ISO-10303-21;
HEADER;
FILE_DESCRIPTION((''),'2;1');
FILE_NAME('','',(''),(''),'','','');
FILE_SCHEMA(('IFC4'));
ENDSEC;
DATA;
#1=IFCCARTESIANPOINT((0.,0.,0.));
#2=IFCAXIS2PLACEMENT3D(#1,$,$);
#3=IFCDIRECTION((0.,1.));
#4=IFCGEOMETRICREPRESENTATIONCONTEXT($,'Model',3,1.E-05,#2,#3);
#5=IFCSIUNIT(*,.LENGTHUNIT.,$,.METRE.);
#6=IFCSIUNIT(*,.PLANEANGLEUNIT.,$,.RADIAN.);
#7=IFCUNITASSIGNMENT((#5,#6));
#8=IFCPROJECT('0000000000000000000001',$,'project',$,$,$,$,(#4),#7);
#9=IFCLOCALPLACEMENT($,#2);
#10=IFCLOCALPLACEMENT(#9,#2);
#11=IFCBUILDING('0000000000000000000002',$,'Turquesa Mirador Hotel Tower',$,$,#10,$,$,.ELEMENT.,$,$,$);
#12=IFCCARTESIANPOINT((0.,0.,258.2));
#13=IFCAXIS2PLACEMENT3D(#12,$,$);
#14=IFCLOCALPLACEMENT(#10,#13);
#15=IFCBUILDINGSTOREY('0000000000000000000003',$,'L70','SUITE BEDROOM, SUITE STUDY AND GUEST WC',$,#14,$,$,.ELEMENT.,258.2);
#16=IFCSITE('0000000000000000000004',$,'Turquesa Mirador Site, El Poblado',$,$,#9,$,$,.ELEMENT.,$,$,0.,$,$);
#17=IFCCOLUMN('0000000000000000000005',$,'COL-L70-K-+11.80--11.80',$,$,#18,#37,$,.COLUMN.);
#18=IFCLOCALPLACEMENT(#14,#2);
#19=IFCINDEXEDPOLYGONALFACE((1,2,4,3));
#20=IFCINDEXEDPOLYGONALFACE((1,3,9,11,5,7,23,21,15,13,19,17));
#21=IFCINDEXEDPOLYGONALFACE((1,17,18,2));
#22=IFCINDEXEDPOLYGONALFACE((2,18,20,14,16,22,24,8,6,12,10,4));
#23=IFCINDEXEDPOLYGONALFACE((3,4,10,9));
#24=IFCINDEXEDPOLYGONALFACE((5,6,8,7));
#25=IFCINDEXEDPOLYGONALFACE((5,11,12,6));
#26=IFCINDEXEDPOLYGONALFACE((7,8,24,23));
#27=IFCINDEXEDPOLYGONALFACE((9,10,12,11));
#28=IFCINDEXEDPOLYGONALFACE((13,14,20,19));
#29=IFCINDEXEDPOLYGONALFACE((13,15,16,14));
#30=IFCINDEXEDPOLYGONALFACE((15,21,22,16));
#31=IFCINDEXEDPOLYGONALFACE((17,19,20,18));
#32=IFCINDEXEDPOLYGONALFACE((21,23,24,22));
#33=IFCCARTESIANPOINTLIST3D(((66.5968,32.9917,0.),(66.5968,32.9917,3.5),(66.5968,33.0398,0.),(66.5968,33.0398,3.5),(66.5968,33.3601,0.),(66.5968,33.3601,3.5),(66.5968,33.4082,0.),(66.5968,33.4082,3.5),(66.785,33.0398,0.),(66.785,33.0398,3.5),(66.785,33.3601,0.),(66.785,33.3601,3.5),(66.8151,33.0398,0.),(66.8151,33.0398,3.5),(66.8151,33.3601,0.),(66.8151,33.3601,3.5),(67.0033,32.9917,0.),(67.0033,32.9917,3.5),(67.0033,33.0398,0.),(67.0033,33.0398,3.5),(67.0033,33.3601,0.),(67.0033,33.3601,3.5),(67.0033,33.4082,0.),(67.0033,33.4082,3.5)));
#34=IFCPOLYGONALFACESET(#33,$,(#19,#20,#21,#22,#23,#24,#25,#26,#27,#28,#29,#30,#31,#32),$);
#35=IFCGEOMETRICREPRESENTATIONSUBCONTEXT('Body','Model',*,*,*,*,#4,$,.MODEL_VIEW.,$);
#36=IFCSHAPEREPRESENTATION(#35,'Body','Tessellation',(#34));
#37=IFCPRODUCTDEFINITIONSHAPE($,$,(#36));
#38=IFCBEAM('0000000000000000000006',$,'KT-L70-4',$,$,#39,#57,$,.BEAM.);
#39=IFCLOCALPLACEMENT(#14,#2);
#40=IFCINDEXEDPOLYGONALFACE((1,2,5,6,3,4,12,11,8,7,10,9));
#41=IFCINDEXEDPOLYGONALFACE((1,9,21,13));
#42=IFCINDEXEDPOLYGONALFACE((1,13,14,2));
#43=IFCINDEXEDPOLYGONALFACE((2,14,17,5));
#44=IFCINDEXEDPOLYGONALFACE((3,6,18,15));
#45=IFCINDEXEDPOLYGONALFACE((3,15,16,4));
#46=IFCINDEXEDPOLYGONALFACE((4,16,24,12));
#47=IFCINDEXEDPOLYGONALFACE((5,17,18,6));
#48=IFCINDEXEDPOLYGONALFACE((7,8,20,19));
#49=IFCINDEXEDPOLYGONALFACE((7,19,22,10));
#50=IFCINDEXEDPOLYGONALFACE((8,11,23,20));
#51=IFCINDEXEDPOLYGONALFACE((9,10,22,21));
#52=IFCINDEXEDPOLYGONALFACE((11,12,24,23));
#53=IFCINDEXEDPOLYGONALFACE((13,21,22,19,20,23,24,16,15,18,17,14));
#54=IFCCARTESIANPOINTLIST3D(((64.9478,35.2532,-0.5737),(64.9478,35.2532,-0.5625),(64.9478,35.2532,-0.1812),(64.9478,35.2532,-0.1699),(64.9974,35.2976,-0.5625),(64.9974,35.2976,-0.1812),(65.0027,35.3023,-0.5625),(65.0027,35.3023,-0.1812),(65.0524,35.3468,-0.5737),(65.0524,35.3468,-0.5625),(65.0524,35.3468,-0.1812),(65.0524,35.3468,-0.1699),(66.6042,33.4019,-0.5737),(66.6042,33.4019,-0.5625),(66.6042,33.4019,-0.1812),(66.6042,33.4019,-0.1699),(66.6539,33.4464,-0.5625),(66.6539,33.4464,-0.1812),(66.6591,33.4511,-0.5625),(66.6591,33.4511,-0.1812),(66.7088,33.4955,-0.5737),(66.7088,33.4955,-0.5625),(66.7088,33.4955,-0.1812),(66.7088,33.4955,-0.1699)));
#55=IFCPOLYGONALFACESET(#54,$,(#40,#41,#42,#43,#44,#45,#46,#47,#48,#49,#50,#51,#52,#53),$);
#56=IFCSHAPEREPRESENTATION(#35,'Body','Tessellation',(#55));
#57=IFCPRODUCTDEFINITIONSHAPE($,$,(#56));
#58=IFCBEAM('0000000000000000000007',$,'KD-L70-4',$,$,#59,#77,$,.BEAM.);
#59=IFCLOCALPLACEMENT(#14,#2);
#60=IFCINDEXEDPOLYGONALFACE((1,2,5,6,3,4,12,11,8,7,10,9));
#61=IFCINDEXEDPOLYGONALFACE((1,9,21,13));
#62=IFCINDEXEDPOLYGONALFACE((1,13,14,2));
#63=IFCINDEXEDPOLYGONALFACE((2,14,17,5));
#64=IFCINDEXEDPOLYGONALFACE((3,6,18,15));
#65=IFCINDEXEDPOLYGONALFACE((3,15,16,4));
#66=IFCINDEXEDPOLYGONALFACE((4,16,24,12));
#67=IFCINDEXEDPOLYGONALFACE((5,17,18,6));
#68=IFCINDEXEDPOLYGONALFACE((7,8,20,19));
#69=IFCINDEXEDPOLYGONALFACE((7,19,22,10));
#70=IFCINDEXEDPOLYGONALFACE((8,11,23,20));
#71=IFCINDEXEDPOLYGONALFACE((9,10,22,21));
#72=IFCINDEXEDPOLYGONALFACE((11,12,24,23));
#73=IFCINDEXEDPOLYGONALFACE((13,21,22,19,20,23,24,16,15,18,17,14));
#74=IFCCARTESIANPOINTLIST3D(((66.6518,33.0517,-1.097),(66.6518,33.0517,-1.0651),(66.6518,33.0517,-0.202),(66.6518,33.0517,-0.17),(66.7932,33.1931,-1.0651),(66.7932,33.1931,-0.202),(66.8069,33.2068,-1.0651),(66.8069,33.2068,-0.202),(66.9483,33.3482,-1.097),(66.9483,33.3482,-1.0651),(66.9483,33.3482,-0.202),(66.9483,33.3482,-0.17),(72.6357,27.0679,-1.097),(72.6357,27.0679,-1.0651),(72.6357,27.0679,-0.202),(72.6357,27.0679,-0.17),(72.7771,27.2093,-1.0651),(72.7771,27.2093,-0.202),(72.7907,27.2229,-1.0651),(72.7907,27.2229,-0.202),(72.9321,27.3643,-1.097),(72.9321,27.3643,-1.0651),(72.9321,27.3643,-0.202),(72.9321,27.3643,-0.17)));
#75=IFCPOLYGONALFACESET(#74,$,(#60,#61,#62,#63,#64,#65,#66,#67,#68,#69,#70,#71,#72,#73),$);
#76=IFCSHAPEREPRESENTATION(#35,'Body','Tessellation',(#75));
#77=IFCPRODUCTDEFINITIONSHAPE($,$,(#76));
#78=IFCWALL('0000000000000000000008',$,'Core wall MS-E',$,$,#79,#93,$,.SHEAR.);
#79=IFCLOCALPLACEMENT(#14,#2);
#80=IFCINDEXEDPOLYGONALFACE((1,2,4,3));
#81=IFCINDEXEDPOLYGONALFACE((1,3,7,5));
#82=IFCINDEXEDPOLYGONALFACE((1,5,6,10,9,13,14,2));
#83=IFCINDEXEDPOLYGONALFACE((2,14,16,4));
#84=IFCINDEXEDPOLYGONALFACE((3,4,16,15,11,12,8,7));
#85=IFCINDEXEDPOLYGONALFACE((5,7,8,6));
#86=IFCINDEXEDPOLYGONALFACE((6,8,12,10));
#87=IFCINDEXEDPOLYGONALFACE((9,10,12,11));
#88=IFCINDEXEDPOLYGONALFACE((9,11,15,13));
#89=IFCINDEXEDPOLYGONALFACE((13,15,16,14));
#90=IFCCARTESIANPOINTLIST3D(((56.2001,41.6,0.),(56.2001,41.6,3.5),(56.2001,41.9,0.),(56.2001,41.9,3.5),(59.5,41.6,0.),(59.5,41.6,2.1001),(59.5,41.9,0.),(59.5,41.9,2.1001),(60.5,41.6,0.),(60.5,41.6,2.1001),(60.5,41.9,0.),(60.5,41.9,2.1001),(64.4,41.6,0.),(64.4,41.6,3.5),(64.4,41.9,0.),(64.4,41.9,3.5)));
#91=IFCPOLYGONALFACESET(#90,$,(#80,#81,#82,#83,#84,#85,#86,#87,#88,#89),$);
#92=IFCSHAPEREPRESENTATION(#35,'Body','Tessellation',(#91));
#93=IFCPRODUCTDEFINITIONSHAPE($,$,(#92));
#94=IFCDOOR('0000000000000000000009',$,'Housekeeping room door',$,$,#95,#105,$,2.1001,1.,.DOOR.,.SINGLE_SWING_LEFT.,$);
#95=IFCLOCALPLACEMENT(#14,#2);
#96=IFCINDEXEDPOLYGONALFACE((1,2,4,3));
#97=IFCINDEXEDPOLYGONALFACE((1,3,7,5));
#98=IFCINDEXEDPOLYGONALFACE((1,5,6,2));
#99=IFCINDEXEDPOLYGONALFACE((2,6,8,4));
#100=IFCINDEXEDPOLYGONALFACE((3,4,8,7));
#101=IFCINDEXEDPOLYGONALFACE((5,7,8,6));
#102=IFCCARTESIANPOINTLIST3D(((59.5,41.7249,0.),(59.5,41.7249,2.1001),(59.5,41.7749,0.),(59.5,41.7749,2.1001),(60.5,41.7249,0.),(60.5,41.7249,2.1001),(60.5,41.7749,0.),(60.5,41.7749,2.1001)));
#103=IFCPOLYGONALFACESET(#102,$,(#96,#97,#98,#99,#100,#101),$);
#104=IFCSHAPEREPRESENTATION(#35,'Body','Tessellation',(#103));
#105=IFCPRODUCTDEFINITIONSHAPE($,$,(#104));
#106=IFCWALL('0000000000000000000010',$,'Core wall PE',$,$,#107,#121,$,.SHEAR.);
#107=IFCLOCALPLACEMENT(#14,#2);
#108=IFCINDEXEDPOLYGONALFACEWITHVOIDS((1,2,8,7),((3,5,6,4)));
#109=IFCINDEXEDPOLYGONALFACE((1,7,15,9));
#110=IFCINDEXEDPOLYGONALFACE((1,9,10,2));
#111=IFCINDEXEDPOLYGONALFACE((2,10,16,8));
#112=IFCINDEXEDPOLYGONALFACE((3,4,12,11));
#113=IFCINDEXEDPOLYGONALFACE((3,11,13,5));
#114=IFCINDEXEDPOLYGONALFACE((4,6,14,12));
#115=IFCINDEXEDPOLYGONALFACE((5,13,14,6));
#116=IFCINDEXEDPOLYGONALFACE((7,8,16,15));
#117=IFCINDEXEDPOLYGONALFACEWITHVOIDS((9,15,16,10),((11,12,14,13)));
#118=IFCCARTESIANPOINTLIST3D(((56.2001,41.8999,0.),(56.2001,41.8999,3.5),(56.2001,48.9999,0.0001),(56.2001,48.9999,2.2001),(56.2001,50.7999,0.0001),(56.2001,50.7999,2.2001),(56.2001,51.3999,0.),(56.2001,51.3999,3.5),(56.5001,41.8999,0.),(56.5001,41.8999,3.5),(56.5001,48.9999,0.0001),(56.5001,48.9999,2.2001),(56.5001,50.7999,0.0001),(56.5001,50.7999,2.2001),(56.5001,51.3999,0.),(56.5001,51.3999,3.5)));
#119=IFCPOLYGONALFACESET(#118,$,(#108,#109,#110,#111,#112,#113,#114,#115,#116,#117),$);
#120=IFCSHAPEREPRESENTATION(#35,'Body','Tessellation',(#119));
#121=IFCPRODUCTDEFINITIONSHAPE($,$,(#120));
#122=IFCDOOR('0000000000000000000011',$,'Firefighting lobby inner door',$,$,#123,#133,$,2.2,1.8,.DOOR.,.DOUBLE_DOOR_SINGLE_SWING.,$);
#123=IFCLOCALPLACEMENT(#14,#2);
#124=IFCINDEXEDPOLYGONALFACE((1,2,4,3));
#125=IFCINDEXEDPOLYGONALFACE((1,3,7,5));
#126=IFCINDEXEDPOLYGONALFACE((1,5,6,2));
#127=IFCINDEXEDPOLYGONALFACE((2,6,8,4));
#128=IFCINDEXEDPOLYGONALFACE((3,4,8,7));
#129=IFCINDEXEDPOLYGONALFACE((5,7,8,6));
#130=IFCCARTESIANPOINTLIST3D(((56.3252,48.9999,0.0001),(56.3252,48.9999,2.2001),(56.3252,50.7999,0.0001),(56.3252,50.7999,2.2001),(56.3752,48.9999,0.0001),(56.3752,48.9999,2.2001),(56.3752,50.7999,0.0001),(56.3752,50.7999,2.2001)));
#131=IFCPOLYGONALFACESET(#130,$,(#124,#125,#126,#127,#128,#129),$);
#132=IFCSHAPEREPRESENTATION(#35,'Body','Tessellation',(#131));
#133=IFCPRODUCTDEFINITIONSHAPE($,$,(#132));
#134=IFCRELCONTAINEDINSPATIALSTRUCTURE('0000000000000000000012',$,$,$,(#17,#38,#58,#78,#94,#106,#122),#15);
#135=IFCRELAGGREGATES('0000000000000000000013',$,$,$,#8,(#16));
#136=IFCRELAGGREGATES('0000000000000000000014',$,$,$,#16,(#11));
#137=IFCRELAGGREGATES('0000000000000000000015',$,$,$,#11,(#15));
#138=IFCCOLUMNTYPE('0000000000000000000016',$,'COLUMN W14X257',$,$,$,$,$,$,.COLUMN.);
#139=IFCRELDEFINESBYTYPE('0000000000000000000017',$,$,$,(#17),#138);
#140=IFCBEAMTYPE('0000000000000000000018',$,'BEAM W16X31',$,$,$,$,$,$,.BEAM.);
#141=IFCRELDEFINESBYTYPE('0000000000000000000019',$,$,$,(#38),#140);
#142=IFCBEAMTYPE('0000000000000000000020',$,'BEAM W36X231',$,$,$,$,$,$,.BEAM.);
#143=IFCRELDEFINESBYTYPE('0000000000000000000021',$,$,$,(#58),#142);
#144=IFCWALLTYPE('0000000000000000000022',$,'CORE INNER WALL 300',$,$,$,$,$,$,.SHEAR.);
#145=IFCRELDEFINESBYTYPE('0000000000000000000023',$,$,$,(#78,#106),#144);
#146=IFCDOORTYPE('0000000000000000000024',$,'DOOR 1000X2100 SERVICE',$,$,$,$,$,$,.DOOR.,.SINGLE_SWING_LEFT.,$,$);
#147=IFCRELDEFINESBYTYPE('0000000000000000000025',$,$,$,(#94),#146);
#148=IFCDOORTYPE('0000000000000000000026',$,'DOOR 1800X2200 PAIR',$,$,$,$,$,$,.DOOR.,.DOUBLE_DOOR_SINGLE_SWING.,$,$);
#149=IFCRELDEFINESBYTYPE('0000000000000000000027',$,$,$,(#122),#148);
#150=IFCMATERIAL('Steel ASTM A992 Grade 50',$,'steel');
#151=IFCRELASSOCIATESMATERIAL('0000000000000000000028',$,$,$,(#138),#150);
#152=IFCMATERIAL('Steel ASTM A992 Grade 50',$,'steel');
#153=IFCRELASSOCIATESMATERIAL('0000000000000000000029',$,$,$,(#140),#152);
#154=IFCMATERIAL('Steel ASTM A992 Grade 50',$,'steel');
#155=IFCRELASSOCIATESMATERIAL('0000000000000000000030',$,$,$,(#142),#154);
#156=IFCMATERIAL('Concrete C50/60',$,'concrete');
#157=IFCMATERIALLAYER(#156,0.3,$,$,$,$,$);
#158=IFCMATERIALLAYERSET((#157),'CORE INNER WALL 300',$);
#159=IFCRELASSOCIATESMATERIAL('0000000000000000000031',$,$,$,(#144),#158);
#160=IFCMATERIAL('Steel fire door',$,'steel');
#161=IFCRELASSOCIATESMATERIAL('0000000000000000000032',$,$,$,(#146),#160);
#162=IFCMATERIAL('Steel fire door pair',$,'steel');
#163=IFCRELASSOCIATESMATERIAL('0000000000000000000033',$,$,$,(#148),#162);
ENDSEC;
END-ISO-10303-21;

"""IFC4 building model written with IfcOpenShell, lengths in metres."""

from ifc_helpers import new_model, si_unit, direction, frame, frame_2d, origin, origin_2d, place, context, subcontext, project, spatial, rectangle, i_section, extrude, material, layer, layer_set, material_profile, profile_set, type_object, element, fill, save


model = new_model("IFC4")

# Units and contexts
model_context = context("Model", 3, precision=1e-05, world=origin(), true_north=direction((0.0, 1.0)))
body_context = subcontext(model_context, "Body", "Model", "MODEL_VIEW")
ifc_project = project(units=[si_unit("LENGTHUNIT", "METRE"), si_unit("PLANEANGLEUNIT", "RADIAN")], contexts=[model_context])

# Site, building, storey
site_placement = place(None, origin())
site = spatial("IfcSite", under=ifc_project, at=site_placement, Name="Turquesa Mirador Site, El Poblado", CompositionType="ELEMENT", RefElevation=0.0)
building_placement = place(site_placement, origin())
building = spatial("IfcBuilding", under=site, at=building_placement, Name="Turquesa Mirador Hotel Tower", CompositionType="ELEMENT")
storey_placement = place(building_placement, frame((0.0, 0.0, 258.2)))
storey = spatial("IfcBuildingStorey", under=building, at=storey_placement, Name="L70", Description="SUITE BEDROOM, SUITE STUDY AND GUEST WC", CompositionType="ELEMENT", Elevation=258.2)

# Column
ifc_material_1 = material(Name="Steel ASTM A992 Grade 50", Category="steel")
ifc_material_profile_1 = material_profile(ifc_material_1, i_section(OverallWidth=0.4065, OverallDepth=0.4165, WebThickness=0.03, FlangeThickness=0.0481, at=origin_2d()), Name="W14X257")
ifc_profile_set_1 = profile_set([ifc_material_profile_1], Name="Steel ASTM A992 Grade 50")
column_type = type_object("IfcColumnType", Name="COLUMN W14X257", PredefinedType="COLUMN", material=ifc_profile_set_1)
column_placement = place(storey_placement, frame((66.8, 33.2, 0.0), z_axis=(0.0, 0.0, 1.0), x_axis=(1.0, 0.0, 0.0)))
element("IfcColumn", 1, at=column_placement, inside=storey, type_object=column_type, Name="COL-L70-K-+11.80--11.80", PredefinedType="COLUMN", context=body_context, shape_type="SweptSolid", body=[
    extrude(i_section(OverallWidth=0.4065, OverallDepth=0.4165, WebThickness=0.03, FlangeThickness=0.0481, at=origin_2d()), origin(), (0.0, 0.0, 1.0), 3.5),
])

# Beams
ifc_material_2 = material(Name="Steel ASTM A992 Grade 50", Category="steel")
ifc_material_profile_2 = material_profile(ifc_material_2, i_section(OverallWidth=0.1404, OverallDepth=0.4038, WebThickness=0.0071, FlangeThickness=0.0112, at=origin_2d()), Name="W16X31")
ifc_profile_set_2 = profile_set([ifc_material_profile_2], Name="Steel ASTM A992 Grade 50")
beam_type_1 = type_object("IfcBeamType", Name="BEAM W16X31", PredefinedType="BEAM", material=ifc_profile_set_2)
beam_1_placement = place(storey_placement, frame((66.6565, 33.4487, -0.3718), z_axis=(-0.666806, 0.745231, 0.0), x_axis=(-0.745231, -0.666806, 0.0)))
element("IfcBeam", 2, at=beam_1_placement, inside=storey, type_object=beam_type_1, Name="KT-L70-4", PredefinedType="BEAM", context=body_context, shape_type="SweptSolid", body=[
    extrude(i_section(OverallWidth=0.1404, OverallDepth=0.4038, WebThickness=0.0071, FlangeThickness=0.0112, at=origin_2d()), origin(), (0.0, 0.0, 1.0), 2.4841),
])
ifc_material_3 = material(Name="Steel ASTM A992 Grade 50", Category="steel")
ifc_material_profile_3 = material_profile(ifc_material_3, i_section(OverallWidth=0.4192, OverallDepth=0.927, WebThickness=0.0193, FlangeThickness=0.032, at=origin_2d()), Name="W36X231")
ifc_profile_set_3 = profile_set([ifc_material_profile_3], Name="Steel ASTM A992 Grade 50")
beam_type_2 = type_object("IfcBeamType", Name="BEAM W36X231", PredefinedType="BEAM", material=ifc_profile_set_3)
beam_2_placement = place(storey_placement, frame((66.8, 33.2, -0.6335), z_axis=(0.707107, -0.707107, 0.0), x_axis=(0.707107, 0.707107, 0.0)))
element("IfcBeam", 3, at=beam_2_placement, inside=storey, type_object=beam_type_2, Name="KD-L70-4", PredefinedType="BEAM", context=body_context, shape_type="SweptSolid", body=[
    extrude(i_section(OverallWidth=0.4192, OverallDepth=0.927, WebThickness=0.0193, FlangeThickness=0.032, at=origin_2d()), origin(), (0.0, 0.0, 1.0), 8.4624),
])

# Walls, openings, doors
ifc_material_4 = material(Name="Concrete C50/60", Category="concrete")
ifc_layer_1 = layer(ifc_material_4, 0.3)
ifc_layer_set_1 = layer_set([ifc_layer_1], Name="CORE INNER WALL 300")
wall_type_1 = type_object("IfcWallType", Name="CORE INNER WALL 300", PredefinedType="SHEAR", material=ifc_layer_set_1)
wall_1_placement = place(storey_placement, frame((56.2, 41.75, 0.0), z_axis=(0.0, 0.0, 1.0), x_axis=(1.0, 0.0, 0.0)))
wall_1 = element("IfcWall", 4, at=wall_1_placement, inside=storey, type_object=wall_type_1, Name="Core wall MS-E", PredefinedType="SHEAR", context=body_context, shape_type="SweptSolid", body=[
    extrude(rectangle(XDim=8.2, YDim=0.3, at=frame_2d((4.1001, 0.0))), origin(), (0.0, 0.0, 1.0), 3.5),
])
opening_1_placement = place(wall_1_placement, frame((3.3, 0.0, 0.0)))
opening_1 = element("IfcOpeningElement", 5, at=opening_1_placement, cuts=wall_1, PredefinedType="OPENING", context=body_context, shape_type="SweptSolid", body=[
    extrude(rectangle(XDim=1.0, YDim=2.1001, at=frame_2d((0.5, 1.05))), frame((0.0, 0.1599, 0.0), z_axis=(0.0, -1.0, 0.0), x_axis=(1.0, 0.0, 0.0)), (0.0, 0.0, 1.0), 0.3201),
])
ifc_material_5 = material(Name="Steel fire door", Category="steel")
door_type_1 = type_object("IfcDoorType", Name="DOOR 1000X2100 SERVICE", OperationType="SINGLE_SWING_LEFT", PredefinedType="DOOR", material=ifc_material_5)
door_1_placement = place(opening_1_placement, origin())
door_1 = element("IfcDoor", 6, at=door_1_placement, inside=storey, type_object=door_type_1, Name="Housekeeping room door", OperationType="SINGLE_SWING_LEFT", OverallHeight=2.1001, OverallWidth=1.0, PredefinedType="DOOR", context=body_context, shape_type="SweptSolid", body=[
    extrude(rectangle(XDim=1.0, YDim=2.1001, at=frame_2d((0.5, 1.05))), frame((0.0, 0.0249, 0.0), z_axis=(0.0, -1.0, 0.0), x_axis=(1.0, 0.0, 0.0)), (0.0, 0.0, 1.0), 0.05),
])
fill(opening_1, door_1)
wall_2_placement = place(storey_placement, frame((56.3501, 41.8999, 0.0), z_axis=(0.0, 0.0, 1.0), x_axis=(0.0, 1.0, 0.0)))
wall_2 = element("IfcWall", 7, at=wall_2_placement, inside=storey, type_object=wall_type_1, Name="Core wall PE", PredefinedType="SHEAR", context=body_context, shape_type="SweptSolid", body=[
    extrude(rectangle(XDim=9.5, YDim=0.3, at=frame_2d((4.75, 0.0))), origin(), (0.0, 0.0, 1.0), 3.5),
])
opening_2_placement = place(wall_2_placement, frame((7.1001, 0.0, 0.0)))
opening_2 = element("IfcOpeningElement", 8, at=opening_2_placement, cuts=wall_2, PredefinedType="OPENING", context=body_context, shape_type="SweptSolid", body=[
    extrude(rectangle(XDim=1.8, YDim=2.2, at=frame_2d((0.8999, 1.1001))), frame((0.0, 0.1599, 0.0), z_axis=(0.0, -1.0, 0.0), x_axis=(1.0, 0.0, 0.0)), (0.0, 0.0, 1.0), 0.3201),
])
ifc_material_6 = material(Name="Steel fire door pair", Category="steel")
door_type_2 = type_object("IfcDoorType", Name="DOOR 1800X2200 PAIR", OperationType="DOUBLE_DOOR_SINGLE_SWING", PredefinedType="DOOR", material=ifc_material_6)
door_2_placement = place(opening_2_placement, origin())
door_2 = element("IfcDoor", 9, at=door_2_placement, inside=storey, type_object=door_type_2, Name="Firefighting lobby inner door", OperationType="DOUBLE_DOOR_SINGLE_SWING", OverallHeight=2.2, OverallWidth=1.8, PredefinedType="DOOR", context=body_context, shape_type="SweptSolid", body=[
    extrude(rectangle(XDim=1.8, YDim=2.2, at=frame_2d((0.8999, 1.1001))), frame((0.0, 0.0249, 0.0), z_axis=(0.0, -1.0, 0.0), x_axis=(1.0, 0.0, 0.0)), (0.0, 0.0, 1.0), 0.05),
])
fill(opening_2, door_2)

save(model, "model.ifc")
